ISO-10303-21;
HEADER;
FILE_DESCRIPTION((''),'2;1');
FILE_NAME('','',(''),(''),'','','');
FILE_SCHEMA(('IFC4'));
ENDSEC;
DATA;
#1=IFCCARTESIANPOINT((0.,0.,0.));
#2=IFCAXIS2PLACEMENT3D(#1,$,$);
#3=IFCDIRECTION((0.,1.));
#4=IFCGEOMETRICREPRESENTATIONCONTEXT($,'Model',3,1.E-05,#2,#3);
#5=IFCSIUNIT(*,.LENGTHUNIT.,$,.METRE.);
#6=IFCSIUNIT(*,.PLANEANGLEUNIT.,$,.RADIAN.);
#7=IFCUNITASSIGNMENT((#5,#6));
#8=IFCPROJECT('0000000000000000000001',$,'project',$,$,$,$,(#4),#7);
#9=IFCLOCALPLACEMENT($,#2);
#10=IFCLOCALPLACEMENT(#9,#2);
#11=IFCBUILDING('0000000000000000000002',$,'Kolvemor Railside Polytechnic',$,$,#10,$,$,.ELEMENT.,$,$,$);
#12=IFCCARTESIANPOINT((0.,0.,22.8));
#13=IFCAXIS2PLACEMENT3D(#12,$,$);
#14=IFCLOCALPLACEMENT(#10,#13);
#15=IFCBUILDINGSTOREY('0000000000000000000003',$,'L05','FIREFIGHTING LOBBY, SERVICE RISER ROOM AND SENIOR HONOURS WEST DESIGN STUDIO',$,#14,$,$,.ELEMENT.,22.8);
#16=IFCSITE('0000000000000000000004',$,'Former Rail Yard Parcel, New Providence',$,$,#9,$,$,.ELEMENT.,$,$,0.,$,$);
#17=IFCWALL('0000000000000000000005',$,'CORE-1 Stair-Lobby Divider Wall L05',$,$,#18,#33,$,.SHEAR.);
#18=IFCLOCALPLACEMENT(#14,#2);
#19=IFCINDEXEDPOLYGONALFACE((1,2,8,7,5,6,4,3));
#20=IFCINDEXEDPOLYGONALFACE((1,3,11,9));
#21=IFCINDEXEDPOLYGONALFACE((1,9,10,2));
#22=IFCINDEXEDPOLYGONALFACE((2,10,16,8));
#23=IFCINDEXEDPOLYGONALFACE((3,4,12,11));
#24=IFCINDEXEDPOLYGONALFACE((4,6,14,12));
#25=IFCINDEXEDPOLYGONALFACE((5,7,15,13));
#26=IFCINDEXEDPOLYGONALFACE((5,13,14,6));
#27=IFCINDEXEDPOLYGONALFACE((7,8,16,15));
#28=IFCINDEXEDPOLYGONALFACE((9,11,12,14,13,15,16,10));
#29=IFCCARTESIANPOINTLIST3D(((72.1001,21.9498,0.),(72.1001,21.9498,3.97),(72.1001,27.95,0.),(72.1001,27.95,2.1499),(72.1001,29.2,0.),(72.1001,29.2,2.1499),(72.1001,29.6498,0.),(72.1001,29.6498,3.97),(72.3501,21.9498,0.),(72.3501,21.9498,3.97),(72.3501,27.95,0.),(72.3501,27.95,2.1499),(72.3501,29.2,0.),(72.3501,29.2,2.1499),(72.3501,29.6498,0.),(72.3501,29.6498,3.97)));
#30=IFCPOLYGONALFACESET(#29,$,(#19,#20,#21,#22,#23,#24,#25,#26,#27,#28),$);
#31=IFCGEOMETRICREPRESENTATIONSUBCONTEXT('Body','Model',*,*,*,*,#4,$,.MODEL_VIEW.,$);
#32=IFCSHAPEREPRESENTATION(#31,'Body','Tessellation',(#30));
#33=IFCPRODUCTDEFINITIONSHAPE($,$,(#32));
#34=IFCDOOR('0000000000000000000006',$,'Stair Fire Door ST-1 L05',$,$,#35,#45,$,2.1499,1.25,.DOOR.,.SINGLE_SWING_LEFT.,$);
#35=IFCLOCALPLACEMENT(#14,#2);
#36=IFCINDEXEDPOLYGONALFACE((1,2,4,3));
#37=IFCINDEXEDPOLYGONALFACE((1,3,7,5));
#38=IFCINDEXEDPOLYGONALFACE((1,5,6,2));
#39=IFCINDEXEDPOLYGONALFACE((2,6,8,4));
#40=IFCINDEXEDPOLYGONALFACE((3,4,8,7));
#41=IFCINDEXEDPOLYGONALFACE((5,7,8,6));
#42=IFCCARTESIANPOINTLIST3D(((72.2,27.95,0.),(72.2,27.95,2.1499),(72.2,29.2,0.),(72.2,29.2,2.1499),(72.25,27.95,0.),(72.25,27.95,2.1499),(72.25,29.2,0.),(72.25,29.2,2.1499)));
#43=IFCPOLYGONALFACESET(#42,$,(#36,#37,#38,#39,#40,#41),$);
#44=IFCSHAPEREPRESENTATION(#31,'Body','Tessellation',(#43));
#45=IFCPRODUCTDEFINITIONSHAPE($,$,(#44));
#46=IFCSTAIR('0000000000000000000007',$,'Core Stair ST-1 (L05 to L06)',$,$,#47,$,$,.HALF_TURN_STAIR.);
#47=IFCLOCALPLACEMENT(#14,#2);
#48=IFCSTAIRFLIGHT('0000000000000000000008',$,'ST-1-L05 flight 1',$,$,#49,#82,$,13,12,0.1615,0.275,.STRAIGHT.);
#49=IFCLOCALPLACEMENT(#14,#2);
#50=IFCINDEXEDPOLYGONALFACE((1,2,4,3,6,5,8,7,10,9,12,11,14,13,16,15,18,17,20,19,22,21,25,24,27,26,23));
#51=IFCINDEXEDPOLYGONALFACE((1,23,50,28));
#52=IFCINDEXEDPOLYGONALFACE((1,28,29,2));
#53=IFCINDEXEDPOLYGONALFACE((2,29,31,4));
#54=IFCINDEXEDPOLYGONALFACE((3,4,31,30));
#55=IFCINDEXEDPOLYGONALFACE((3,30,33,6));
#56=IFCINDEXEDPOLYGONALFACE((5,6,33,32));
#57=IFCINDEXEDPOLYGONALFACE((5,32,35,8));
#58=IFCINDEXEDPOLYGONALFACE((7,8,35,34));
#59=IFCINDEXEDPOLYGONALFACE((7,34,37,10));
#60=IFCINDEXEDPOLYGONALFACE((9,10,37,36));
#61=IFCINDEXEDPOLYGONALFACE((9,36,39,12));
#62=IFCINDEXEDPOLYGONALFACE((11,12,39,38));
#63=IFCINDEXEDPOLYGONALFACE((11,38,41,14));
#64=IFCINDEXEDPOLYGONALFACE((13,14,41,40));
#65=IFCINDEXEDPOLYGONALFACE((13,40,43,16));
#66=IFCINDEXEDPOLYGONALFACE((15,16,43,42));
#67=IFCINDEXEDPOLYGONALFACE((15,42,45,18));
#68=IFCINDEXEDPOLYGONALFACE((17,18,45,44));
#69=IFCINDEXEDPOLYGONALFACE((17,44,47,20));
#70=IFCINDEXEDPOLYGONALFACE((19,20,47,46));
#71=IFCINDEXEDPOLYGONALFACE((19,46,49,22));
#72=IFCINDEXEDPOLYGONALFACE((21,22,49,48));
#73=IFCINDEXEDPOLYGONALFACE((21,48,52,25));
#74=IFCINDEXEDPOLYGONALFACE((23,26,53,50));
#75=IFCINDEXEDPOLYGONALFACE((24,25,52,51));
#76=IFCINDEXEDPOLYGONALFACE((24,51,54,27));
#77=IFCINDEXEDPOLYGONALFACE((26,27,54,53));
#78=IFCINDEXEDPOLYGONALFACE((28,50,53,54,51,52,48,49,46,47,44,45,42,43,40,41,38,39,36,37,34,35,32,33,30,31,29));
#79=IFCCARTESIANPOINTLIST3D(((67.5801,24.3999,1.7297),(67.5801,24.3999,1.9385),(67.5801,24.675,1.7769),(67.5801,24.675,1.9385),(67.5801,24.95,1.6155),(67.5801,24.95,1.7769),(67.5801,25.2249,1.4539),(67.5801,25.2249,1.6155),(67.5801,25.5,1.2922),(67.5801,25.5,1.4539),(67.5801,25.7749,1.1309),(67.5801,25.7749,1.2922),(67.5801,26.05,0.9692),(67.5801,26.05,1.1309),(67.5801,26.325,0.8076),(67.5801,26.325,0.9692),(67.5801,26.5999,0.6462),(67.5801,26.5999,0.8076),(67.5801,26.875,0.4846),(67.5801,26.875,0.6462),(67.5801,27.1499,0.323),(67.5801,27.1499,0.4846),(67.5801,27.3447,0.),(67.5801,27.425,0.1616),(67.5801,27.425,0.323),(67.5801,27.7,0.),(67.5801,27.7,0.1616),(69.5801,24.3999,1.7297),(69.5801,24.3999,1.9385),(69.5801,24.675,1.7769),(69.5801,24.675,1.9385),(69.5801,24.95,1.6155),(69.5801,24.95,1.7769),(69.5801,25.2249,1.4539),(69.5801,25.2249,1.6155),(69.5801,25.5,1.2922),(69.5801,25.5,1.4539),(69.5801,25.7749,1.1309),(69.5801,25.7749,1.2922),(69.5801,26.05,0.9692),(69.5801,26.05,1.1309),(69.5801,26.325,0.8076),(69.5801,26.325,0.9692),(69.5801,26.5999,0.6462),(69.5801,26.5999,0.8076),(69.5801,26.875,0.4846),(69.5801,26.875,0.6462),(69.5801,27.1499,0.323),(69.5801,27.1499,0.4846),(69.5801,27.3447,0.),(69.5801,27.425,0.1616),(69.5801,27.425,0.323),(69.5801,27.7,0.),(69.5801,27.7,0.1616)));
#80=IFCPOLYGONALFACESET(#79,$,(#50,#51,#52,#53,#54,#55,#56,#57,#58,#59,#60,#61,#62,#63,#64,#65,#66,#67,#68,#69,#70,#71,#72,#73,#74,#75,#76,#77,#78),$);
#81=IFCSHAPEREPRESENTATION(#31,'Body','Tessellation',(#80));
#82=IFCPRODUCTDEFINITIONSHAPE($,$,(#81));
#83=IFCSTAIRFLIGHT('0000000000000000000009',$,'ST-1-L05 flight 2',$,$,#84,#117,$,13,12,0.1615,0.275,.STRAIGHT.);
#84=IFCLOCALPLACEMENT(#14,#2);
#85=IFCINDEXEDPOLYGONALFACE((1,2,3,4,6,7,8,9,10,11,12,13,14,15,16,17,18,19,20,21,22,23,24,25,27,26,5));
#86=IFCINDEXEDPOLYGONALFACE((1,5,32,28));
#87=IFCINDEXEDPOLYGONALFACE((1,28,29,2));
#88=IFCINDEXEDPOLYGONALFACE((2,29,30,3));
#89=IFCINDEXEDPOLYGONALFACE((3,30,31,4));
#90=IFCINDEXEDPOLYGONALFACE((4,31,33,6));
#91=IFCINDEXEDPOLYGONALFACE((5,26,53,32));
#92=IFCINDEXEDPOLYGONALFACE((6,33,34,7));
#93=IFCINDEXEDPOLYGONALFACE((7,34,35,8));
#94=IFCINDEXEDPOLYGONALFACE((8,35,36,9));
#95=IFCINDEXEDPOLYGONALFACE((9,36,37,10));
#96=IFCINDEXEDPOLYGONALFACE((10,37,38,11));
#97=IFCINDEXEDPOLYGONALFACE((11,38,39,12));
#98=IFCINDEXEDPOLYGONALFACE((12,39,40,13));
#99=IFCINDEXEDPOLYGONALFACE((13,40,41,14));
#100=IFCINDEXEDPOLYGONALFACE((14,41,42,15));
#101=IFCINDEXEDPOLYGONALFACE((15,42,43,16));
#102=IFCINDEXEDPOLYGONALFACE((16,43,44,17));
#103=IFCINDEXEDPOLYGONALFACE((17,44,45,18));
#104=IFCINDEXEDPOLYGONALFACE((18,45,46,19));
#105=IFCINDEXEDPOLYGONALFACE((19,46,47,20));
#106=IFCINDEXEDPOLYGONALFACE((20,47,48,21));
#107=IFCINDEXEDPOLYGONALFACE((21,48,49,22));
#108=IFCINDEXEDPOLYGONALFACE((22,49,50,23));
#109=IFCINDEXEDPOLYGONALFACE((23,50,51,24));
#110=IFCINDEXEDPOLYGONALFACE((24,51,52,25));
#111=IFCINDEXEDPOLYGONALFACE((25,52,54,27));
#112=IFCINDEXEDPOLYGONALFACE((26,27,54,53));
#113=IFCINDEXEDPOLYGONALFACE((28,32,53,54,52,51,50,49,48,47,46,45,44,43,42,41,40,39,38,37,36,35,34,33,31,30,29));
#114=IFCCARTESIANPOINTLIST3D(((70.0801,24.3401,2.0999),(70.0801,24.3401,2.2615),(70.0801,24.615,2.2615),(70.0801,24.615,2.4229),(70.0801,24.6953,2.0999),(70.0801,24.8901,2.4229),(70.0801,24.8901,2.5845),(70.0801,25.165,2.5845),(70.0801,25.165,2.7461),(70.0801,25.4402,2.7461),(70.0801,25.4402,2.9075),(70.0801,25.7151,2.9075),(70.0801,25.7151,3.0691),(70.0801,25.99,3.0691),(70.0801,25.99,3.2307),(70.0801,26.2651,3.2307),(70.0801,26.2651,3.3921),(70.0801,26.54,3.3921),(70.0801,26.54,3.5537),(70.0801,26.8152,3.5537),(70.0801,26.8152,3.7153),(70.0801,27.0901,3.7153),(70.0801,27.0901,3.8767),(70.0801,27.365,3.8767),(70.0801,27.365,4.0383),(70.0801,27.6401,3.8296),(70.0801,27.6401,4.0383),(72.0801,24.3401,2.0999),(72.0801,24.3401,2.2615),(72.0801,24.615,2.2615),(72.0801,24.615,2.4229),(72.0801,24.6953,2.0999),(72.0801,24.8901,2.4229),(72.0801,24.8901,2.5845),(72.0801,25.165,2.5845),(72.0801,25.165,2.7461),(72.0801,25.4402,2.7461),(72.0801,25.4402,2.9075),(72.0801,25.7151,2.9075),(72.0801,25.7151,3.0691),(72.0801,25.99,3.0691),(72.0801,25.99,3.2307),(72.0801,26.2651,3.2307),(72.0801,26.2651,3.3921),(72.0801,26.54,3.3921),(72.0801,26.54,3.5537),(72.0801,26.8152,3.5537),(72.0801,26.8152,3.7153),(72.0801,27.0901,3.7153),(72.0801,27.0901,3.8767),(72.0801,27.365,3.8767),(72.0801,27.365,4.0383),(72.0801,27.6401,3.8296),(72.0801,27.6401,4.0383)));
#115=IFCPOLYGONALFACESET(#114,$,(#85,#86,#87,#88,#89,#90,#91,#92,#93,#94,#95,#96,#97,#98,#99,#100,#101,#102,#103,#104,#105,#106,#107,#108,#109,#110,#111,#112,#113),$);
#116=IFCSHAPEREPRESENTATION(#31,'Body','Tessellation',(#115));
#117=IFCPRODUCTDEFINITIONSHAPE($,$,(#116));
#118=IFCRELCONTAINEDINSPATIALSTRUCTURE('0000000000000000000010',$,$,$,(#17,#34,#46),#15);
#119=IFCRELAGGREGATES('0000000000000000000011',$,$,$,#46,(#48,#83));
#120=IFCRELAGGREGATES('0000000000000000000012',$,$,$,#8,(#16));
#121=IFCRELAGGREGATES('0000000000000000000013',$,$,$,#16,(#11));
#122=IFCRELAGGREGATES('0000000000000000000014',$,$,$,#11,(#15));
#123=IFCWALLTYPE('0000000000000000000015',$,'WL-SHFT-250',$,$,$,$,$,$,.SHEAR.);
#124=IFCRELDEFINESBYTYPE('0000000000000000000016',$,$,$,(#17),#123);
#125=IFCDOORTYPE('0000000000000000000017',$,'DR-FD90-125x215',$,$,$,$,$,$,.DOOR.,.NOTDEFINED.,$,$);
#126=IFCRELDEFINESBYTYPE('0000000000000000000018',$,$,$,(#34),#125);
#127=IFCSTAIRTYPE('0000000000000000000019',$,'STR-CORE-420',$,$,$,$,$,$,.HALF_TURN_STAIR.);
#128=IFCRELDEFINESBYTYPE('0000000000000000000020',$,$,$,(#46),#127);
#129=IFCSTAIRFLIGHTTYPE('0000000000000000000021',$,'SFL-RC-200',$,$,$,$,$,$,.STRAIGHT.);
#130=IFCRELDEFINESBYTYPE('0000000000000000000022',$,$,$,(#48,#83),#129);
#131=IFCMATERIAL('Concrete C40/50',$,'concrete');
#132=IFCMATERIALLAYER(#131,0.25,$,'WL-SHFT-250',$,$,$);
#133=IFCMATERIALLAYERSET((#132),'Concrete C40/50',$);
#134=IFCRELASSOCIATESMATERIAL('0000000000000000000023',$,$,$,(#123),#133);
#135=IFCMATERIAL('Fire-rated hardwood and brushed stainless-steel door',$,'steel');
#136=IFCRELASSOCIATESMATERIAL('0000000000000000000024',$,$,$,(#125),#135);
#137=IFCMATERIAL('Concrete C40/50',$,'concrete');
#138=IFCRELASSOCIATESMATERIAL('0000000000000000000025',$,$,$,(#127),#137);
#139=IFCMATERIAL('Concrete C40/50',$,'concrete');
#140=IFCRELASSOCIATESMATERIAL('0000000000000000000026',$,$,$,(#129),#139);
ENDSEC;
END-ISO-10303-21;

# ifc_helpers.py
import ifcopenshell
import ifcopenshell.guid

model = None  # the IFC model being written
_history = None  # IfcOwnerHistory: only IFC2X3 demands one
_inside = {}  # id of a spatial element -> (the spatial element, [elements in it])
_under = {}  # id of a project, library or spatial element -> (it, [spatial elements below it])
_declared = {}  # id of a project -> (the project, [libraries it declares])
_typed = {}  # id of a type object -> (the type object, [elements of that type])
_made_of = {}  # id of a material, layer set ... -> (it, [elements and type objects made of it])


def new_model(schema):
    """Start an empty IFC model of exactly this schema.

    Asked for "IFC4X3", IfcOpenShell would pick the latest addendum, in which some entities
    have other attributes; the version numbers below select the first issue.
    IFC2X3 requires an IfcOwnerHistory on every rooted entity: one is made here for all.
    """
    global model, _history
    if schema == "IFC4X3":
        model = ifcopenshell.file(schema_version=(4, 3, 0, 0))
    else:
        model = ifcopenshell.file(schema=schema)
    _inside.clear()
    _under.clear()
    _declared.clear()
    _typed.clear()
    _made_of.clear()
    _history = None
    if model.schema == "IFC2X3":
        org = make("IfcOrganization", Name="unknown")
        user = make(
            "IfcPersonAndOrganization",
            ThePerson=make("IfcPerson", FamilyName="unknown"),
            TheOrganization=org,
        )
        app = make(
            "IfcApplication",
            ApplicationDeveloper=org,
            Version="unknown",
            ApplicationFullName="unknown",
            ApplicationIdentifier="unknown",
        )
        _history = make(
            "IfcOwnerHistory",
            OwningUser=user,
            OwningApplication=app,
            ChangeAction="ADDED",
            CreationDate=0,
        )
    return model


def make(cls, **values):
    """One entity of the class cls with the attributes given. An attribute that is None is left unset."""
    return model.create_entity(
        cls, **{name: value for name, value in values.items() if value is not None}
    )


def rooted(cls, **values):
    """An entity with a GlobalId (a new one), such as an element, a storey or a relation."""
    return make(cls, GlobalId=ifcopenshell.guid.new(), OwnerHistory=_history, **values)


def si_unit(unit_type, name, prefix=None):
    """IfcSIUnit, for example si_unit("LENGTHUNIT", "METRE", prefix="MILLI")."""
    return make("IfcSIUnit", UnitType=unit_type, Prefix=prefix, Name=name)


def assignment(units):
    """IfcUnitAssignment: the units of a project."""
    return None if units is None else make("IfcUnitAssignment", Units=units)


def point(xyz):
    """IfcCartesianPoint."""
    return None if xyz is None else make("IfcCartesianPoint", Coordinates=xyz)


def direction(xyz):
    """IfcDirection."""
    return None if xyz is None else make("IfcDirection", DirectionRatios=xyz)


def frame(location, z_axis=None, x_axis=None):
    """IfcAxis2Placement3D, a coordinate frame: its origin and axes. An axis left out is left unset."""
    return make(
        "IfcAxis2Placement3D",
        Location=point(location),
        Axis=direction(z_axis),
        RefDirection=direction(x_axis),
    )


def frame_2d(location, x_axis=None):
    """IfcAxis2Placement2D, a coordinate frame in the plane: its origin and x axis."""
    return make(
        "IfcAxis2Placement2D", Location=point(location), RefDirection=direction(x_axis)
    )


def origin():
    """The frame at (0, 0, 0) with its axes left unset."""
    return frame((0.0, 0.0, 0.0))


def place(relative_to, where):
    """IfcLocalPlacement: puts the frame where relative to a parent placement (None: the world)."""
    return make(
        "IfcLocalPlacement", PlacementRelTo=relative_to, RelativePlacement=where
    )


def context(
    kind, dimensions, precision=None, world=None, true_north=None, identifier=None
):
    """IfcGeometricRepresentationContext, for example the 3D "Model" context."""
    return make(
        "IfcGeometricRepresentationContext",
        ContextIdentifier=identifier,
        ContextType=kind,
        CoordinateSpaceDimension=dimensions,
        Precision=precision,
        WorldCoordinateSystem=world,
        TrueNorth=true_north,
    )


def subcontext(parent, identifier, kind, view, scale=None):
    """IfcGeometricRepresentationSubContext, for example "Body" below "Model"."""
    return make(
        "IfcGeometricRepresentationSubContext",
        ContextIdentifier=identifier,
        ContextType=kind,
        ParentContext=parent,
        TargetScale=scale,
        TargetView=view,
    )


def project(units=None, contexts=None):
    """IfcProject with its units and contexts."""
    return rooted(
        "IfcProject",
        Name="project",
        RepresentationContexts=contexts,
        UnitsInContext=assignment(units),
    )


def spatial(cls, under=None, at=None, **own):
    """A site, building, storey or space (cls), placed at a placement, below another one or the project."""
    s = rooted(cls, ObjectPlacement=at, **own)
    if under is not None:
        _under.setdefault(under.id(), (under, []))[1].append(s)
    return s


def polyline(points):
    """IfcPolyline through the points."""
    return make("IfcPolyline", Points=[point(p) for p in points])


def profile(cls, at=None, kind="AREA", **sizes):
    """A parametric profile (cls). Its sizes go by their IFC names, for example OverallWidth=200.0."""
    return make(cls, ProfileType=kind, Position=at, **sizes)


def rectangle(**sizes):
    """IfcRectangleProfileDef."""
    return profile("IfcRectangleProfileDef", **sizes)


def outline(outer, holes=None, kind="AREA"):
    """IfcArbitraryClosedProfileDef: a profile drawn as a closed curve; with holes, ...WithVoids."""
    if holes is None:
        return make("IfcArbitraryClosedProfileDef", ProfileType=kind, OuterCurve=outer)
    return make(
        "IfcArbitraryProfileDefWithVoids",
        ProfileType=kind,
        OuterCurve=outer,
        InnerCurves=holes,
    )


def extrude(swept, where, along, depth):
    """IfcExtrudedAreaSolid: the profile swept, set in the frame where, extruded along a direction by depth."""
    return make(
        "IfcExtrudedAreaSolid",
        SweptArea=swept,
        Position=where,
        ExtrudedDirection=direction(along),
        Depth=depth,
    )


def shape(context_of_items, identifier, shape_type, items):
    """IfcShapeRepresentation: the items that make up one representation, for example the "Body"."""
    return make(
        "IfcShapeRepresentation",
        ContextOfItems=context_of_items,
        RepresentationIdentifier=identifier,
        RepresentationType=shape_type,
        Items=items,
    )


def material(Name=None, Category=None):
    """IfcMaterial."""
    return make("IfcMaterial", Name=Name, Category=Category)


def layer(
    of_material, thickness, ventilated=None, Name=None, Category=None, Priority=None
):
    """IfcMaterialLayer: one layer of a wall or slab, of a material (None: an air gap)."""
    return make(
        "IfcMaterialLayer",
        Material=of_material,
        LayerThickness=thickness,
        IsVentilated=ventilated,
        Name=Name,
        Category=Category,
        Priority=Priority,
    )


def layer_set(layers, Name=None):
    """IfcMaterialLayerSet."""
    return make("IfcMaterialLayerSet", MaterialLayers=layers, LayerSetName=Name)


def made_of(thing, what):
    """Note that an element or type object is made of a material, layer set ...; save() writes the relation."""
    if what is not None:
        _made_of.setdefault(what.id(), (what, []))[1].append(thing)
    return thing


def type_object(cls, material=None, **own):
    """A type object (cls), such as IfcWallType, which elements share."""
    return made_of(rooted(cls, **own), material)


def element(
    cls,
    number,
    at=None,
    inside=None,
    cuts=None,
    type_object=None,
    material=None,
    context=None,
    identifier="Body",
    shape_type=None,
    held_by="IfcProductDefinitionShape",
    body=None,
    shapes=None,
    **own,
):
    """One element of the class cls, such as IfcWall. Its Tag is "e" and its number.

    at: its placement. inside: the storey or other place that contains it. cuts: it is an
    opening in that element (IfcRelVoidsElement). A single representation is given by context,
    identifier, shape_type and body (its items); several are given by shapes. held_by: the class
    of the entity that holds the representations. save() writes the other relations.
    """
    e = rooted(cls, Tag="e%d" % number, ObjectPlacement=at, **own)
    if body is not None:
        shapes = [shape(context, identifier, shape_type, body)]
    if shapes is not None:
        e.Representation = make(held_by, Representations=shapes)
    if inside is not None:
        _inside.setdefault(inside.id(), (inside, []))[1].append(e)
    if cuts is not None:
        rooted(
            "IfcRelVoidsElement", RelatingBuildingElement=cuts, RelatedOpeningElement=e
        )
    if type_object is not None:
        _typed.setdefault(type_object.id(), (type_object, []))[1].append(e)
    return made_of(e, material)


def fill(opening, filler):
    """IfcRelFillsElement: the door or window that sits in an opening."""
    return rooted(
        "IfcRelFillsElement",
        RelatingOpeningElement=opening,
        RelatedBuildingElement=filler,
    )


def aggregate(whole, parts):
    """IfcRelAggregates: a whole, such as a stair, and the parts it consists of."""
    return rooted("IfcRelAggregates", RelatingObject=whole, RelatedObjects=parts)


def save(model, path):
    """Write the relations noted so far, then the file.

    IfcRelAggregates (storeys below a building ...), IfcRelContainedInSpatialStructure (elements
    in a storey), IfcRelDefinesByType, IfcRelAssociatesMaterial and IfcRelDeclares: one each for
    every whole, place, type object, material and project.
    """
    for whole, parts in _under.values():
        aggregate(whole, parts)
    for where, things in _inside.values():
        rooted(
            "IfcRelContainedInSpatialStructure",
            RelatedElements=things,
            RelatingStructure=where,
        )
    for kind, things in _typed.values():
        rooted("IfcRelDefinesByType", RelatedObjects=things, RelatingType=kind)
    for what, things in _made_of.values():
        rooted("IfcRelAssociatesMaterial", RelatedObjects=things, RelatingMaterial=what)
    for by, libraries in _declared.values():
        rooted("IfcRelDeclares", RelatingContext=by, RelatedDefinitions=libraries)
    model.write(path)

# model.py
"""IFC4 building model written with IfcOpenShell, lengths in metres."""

from ifc_helpers import new_model, si_unit, direction, frame, frame_2d, origin, place, context, subcontext, project, spatial, polyline, rectangle, outline, extrude, material, layer, layer_set, type_object, element, fill, aggregate, save


model = new_model("IFC4")

# Units and contexts
model_context = context("Model", 3, precision=1e-05, world=origin(), true_north=direction((0.0, 1.0)))
body_context = subcontext(model_context, "Body", "Model", "MODEL_VIEW")
ifc_project = project(units=[si_unit("LENGTHUNIT", "METRE"), si_unit("PLANEANGLEUNIT", "RADIAN")], contexts=[model_context])

# Site, building, storey
site_placement = place(None, origin())
site = spatial("IfcSite", under=ifc_project, at=site_placement, Name="Former Rail Yard Parcel, New Providence", CompositionType="ELEMENT", RefElevation=0.0)
building_placement = place(site_placement, origin())
building = spatial("IfcBuilding", under=site, at=building_placement, Name="Kolvemor Railside Polytechnic", CompositionType="ELEMENT")
storey_placement = place(building_placement, frame((0.0, 0.0, 22.8)))
storey = spatial("IfcBuildingStorey", under=building, at=storey_placement, Name="L05", Description="FIREFIGHTING LOBBY, SERVICE RISER ROOM AND SENIOR HONOURS WEST DESIGN STUDIO", CompositionType="ELEMENT", Elevation=22.8)

# Wall, opening, door
ifc_material_1 = material(Name="Concrete C40/50", Category="concrete")
ifc_layer_1 = layer(ifc_material_1, 0.25, Name="WL-SHFT-250")
ifc_layer_set_1 = layer_set([ifc_layer_1], Name="Concrete C40/50")
wall_type_1 = type_object("IfcWallType", Name="WL-SHFT-250", PredefinedType="SHEAR", material=ifc_layer_set_1)
wall_1_placement = place(storey_placement, frame((72.2251, 29.6499, 0.0), z_axis=(0.0, 0.0, 1.0), x_axis=(0.0, -1.0, 0.0)))
wall_1 = element("IfcWall", 1, at=wall_1_placement, inside=storey, type_object=wall_type_1, Name="CORE-1 Stair-Lobby Divider Wall L05", PredefinedType="SHEAR", context=body_context, shape_type="SweptSolid", body=[
    extrude(rectangle(XDim=7.7, YDim=0.25, at=frame_2d((3.8501, 0.0))), origin(), (0.0, 0.0, 1.0), 3.97),
])
opening_1_placement = place(wall_1_placement, frame((0.45, 0.0, 0.0)))
opening_1 = element("IfcOpeningElement", 2, at=opening_1_placement, cuts=wall_1, PredefinedType="OPENING", context=body_context, shape_type="SweptSolid", body=[
    extrude(rectangle(XDim=1.25, YDim=2.1499, at=frame_2d((0.625, 1.075))), frame((0.0, 0.135, 0.0), z_axis=(0.0, -1.0, 0.0), x_axis=(1.0, 0.0, 0.0)), (0.0, 0.0, 1.0), 0.27),
])
ifc_material_2 = material(Name="Fire-rated hardwood and brushed stainless-steel door", Category="steel")
door_type_1 = type_object("IfcDoorType", Name="DR-FD90-125x215", OperationType="NOTDEFINED", PredefinedType="DOOR", material=ifc_material_2)
door_1_placement = place(opening_1_placement, origin())
door_1 = element("IfcDoor", 3, at=door_1_placement, inside=storey, type_object=door_type_1, Name="Stair Fire Door ST-1 L05", OperationType="SINGLE_SWING_LEFT", OverallHeight=2.1499, OverallWidth=1.25, PredefinedType="DOOR", context=body_context, shape_type="SweptSolid", body=[
    extrude(rectangle(XDim=1.25, YDim=2.1499, at=frame_2d((0.625, 1.075))), frame((0.0, 0.0249, 0.0), z_axis=(0.0, -1.0, 0.0), x_axis=(1.0, 0.0, 0.0)), (0.0, 0.0, 1.0), 0.05),
])
fill(opening_1, door_1)

# Stair, stair flights
ifc_material_3 = material(Name="Concrete C40/50", Category="concrete")
stair_type = type_object("IfcStairType", Name="STR-CORE-420", PredefinedType="HALF_TURN_STAIR", material=ifc_material_3)
stair_placement = place(storey_placement, origin())
stair = element("IfcStair", 4, at=stair_placement, inside=storey, type_object=stair_type, Name="Core Stair ST-1 (L05 to L06)", PredefinedType="HALF_TURN_STAIR")
ifc_material_4 = material(Name="Concrete C40/50", Category="concrete")
stair_flight_type = type_object("IfcStairFlightType", Name="SFL-RC-200", PredefinedType="STRAIGHT", material=ifc_material_4)
stair_flight_1_placement = place(storey_placement, frame((68.5801, 27.7, 0.0), z_axis=(0.0, 0.0, 1.0), x_axis=(0.0, -1.0, 0.0)))
stair_flight_1 = element("IfcStairFlight", 5, at=stair_flight_1_placement, type_object=stair_flight_type, Name="ST-1-L05 flight 1", NumberOfRisers=13, NumberOfTreads=12, PredefinedType="STRAIGHT", RiserHeight=0.1615, TreadLength=0.275, context=body_context, shape_type="SweptSolid", body=[
    extrude(outline(polyline([(0.0, 0.0), (0.0, 0.1616), (0.2749, 0.1616), (0.2749, 0.323), (0.55, 0.323), (0.55, 0.4846), (0.825, 0.4846), (0.825, 0.6462), (1.1001, 0.6462), (1.1001, 0.8076), (1.375, 0.8076), (1.375, 0.9692), (1.6499, 0.9692), (1.6499, 1.1309), (1.925, 1.1309), (1.925, 1.2922), (2.2, 1.2922), (2.2, 1.4539), (2.4751, 1.4539), (2.4751, 1.6155), (2.75, 1.6155), (2.75, 1.7769), (3.0249, 1.7769), (3.0249, 1.9385), (3.3, 1.9385), (3.3, 2.1001), (3.3, 1.7297), (0.3552, 0.0), (0.0, 0.0)])), frame((0.0, 1.0, 0.0), z_axis=(0.0, -1.0, 0.0), x_axis=(1.0, 0.0, 0.0)), (0.0, 0.0, 1.0), 2.0),
])
stair_flight_2_placement = place(storey_placement, frame((71.0801, 24.3401, 2.0999), z_axis=(0.0, 0.0, 1.0), x_axis=(0.0, 1.0, 0.0)))
stair_flight_2 = element("IfcStairFlight", 6, at=stair_flight_2_placement, type_object=stair_flight_type, Name="ST-1-L05 flight 2", NumberOfRisers=13, NumberOfTreads=12, PredefinedType="STRAIGHT", RiserHeight=0.1615, TreadLength=0.275, context=body_context, shape_type="SweptSolid", body=[
    extrude(outline(polyline([(0.0, 0.0), (0.0, 0.1616), (0.2749, 0.1616), (0.2749, 0.323), (0.55, 0.323), (0.55, 0.4846), (0.825, 0.4846), (0.825, 0.6462), (1.1001, 0.6462), (1.1001, 0.8076), (1.375, 0.8076), (1.375, 0.9692), (1.6499, 0.9692), (1.6499, 1.1309), (1.925, 1.1309), (1.925, 1.2922), (2.2, 1.2922), (2.2, 1.4539), (2.4751, 1.4539), (2.4751, 1.6155), (2.75, 1.6155), (2.75, 1.7769), (3.0249, 1.7769), (3.0249, 1.9385), (3.3, 1.9385), (3.3, 2.1001), (3.3, 1.7297), (0.3552, 0.0), (0.0, 0.0)])), frame((0.0, 1.0, 0.0), z_axis=(0.0, -1.0, 0.0), x_axis=(1.0, 0.0, 0.0)), (0.0, 0.0, 1.0), 2.0),
])
aggregate(stair, [stair_flight_1, stair_flight_2])

save(model, "model.ifc")
